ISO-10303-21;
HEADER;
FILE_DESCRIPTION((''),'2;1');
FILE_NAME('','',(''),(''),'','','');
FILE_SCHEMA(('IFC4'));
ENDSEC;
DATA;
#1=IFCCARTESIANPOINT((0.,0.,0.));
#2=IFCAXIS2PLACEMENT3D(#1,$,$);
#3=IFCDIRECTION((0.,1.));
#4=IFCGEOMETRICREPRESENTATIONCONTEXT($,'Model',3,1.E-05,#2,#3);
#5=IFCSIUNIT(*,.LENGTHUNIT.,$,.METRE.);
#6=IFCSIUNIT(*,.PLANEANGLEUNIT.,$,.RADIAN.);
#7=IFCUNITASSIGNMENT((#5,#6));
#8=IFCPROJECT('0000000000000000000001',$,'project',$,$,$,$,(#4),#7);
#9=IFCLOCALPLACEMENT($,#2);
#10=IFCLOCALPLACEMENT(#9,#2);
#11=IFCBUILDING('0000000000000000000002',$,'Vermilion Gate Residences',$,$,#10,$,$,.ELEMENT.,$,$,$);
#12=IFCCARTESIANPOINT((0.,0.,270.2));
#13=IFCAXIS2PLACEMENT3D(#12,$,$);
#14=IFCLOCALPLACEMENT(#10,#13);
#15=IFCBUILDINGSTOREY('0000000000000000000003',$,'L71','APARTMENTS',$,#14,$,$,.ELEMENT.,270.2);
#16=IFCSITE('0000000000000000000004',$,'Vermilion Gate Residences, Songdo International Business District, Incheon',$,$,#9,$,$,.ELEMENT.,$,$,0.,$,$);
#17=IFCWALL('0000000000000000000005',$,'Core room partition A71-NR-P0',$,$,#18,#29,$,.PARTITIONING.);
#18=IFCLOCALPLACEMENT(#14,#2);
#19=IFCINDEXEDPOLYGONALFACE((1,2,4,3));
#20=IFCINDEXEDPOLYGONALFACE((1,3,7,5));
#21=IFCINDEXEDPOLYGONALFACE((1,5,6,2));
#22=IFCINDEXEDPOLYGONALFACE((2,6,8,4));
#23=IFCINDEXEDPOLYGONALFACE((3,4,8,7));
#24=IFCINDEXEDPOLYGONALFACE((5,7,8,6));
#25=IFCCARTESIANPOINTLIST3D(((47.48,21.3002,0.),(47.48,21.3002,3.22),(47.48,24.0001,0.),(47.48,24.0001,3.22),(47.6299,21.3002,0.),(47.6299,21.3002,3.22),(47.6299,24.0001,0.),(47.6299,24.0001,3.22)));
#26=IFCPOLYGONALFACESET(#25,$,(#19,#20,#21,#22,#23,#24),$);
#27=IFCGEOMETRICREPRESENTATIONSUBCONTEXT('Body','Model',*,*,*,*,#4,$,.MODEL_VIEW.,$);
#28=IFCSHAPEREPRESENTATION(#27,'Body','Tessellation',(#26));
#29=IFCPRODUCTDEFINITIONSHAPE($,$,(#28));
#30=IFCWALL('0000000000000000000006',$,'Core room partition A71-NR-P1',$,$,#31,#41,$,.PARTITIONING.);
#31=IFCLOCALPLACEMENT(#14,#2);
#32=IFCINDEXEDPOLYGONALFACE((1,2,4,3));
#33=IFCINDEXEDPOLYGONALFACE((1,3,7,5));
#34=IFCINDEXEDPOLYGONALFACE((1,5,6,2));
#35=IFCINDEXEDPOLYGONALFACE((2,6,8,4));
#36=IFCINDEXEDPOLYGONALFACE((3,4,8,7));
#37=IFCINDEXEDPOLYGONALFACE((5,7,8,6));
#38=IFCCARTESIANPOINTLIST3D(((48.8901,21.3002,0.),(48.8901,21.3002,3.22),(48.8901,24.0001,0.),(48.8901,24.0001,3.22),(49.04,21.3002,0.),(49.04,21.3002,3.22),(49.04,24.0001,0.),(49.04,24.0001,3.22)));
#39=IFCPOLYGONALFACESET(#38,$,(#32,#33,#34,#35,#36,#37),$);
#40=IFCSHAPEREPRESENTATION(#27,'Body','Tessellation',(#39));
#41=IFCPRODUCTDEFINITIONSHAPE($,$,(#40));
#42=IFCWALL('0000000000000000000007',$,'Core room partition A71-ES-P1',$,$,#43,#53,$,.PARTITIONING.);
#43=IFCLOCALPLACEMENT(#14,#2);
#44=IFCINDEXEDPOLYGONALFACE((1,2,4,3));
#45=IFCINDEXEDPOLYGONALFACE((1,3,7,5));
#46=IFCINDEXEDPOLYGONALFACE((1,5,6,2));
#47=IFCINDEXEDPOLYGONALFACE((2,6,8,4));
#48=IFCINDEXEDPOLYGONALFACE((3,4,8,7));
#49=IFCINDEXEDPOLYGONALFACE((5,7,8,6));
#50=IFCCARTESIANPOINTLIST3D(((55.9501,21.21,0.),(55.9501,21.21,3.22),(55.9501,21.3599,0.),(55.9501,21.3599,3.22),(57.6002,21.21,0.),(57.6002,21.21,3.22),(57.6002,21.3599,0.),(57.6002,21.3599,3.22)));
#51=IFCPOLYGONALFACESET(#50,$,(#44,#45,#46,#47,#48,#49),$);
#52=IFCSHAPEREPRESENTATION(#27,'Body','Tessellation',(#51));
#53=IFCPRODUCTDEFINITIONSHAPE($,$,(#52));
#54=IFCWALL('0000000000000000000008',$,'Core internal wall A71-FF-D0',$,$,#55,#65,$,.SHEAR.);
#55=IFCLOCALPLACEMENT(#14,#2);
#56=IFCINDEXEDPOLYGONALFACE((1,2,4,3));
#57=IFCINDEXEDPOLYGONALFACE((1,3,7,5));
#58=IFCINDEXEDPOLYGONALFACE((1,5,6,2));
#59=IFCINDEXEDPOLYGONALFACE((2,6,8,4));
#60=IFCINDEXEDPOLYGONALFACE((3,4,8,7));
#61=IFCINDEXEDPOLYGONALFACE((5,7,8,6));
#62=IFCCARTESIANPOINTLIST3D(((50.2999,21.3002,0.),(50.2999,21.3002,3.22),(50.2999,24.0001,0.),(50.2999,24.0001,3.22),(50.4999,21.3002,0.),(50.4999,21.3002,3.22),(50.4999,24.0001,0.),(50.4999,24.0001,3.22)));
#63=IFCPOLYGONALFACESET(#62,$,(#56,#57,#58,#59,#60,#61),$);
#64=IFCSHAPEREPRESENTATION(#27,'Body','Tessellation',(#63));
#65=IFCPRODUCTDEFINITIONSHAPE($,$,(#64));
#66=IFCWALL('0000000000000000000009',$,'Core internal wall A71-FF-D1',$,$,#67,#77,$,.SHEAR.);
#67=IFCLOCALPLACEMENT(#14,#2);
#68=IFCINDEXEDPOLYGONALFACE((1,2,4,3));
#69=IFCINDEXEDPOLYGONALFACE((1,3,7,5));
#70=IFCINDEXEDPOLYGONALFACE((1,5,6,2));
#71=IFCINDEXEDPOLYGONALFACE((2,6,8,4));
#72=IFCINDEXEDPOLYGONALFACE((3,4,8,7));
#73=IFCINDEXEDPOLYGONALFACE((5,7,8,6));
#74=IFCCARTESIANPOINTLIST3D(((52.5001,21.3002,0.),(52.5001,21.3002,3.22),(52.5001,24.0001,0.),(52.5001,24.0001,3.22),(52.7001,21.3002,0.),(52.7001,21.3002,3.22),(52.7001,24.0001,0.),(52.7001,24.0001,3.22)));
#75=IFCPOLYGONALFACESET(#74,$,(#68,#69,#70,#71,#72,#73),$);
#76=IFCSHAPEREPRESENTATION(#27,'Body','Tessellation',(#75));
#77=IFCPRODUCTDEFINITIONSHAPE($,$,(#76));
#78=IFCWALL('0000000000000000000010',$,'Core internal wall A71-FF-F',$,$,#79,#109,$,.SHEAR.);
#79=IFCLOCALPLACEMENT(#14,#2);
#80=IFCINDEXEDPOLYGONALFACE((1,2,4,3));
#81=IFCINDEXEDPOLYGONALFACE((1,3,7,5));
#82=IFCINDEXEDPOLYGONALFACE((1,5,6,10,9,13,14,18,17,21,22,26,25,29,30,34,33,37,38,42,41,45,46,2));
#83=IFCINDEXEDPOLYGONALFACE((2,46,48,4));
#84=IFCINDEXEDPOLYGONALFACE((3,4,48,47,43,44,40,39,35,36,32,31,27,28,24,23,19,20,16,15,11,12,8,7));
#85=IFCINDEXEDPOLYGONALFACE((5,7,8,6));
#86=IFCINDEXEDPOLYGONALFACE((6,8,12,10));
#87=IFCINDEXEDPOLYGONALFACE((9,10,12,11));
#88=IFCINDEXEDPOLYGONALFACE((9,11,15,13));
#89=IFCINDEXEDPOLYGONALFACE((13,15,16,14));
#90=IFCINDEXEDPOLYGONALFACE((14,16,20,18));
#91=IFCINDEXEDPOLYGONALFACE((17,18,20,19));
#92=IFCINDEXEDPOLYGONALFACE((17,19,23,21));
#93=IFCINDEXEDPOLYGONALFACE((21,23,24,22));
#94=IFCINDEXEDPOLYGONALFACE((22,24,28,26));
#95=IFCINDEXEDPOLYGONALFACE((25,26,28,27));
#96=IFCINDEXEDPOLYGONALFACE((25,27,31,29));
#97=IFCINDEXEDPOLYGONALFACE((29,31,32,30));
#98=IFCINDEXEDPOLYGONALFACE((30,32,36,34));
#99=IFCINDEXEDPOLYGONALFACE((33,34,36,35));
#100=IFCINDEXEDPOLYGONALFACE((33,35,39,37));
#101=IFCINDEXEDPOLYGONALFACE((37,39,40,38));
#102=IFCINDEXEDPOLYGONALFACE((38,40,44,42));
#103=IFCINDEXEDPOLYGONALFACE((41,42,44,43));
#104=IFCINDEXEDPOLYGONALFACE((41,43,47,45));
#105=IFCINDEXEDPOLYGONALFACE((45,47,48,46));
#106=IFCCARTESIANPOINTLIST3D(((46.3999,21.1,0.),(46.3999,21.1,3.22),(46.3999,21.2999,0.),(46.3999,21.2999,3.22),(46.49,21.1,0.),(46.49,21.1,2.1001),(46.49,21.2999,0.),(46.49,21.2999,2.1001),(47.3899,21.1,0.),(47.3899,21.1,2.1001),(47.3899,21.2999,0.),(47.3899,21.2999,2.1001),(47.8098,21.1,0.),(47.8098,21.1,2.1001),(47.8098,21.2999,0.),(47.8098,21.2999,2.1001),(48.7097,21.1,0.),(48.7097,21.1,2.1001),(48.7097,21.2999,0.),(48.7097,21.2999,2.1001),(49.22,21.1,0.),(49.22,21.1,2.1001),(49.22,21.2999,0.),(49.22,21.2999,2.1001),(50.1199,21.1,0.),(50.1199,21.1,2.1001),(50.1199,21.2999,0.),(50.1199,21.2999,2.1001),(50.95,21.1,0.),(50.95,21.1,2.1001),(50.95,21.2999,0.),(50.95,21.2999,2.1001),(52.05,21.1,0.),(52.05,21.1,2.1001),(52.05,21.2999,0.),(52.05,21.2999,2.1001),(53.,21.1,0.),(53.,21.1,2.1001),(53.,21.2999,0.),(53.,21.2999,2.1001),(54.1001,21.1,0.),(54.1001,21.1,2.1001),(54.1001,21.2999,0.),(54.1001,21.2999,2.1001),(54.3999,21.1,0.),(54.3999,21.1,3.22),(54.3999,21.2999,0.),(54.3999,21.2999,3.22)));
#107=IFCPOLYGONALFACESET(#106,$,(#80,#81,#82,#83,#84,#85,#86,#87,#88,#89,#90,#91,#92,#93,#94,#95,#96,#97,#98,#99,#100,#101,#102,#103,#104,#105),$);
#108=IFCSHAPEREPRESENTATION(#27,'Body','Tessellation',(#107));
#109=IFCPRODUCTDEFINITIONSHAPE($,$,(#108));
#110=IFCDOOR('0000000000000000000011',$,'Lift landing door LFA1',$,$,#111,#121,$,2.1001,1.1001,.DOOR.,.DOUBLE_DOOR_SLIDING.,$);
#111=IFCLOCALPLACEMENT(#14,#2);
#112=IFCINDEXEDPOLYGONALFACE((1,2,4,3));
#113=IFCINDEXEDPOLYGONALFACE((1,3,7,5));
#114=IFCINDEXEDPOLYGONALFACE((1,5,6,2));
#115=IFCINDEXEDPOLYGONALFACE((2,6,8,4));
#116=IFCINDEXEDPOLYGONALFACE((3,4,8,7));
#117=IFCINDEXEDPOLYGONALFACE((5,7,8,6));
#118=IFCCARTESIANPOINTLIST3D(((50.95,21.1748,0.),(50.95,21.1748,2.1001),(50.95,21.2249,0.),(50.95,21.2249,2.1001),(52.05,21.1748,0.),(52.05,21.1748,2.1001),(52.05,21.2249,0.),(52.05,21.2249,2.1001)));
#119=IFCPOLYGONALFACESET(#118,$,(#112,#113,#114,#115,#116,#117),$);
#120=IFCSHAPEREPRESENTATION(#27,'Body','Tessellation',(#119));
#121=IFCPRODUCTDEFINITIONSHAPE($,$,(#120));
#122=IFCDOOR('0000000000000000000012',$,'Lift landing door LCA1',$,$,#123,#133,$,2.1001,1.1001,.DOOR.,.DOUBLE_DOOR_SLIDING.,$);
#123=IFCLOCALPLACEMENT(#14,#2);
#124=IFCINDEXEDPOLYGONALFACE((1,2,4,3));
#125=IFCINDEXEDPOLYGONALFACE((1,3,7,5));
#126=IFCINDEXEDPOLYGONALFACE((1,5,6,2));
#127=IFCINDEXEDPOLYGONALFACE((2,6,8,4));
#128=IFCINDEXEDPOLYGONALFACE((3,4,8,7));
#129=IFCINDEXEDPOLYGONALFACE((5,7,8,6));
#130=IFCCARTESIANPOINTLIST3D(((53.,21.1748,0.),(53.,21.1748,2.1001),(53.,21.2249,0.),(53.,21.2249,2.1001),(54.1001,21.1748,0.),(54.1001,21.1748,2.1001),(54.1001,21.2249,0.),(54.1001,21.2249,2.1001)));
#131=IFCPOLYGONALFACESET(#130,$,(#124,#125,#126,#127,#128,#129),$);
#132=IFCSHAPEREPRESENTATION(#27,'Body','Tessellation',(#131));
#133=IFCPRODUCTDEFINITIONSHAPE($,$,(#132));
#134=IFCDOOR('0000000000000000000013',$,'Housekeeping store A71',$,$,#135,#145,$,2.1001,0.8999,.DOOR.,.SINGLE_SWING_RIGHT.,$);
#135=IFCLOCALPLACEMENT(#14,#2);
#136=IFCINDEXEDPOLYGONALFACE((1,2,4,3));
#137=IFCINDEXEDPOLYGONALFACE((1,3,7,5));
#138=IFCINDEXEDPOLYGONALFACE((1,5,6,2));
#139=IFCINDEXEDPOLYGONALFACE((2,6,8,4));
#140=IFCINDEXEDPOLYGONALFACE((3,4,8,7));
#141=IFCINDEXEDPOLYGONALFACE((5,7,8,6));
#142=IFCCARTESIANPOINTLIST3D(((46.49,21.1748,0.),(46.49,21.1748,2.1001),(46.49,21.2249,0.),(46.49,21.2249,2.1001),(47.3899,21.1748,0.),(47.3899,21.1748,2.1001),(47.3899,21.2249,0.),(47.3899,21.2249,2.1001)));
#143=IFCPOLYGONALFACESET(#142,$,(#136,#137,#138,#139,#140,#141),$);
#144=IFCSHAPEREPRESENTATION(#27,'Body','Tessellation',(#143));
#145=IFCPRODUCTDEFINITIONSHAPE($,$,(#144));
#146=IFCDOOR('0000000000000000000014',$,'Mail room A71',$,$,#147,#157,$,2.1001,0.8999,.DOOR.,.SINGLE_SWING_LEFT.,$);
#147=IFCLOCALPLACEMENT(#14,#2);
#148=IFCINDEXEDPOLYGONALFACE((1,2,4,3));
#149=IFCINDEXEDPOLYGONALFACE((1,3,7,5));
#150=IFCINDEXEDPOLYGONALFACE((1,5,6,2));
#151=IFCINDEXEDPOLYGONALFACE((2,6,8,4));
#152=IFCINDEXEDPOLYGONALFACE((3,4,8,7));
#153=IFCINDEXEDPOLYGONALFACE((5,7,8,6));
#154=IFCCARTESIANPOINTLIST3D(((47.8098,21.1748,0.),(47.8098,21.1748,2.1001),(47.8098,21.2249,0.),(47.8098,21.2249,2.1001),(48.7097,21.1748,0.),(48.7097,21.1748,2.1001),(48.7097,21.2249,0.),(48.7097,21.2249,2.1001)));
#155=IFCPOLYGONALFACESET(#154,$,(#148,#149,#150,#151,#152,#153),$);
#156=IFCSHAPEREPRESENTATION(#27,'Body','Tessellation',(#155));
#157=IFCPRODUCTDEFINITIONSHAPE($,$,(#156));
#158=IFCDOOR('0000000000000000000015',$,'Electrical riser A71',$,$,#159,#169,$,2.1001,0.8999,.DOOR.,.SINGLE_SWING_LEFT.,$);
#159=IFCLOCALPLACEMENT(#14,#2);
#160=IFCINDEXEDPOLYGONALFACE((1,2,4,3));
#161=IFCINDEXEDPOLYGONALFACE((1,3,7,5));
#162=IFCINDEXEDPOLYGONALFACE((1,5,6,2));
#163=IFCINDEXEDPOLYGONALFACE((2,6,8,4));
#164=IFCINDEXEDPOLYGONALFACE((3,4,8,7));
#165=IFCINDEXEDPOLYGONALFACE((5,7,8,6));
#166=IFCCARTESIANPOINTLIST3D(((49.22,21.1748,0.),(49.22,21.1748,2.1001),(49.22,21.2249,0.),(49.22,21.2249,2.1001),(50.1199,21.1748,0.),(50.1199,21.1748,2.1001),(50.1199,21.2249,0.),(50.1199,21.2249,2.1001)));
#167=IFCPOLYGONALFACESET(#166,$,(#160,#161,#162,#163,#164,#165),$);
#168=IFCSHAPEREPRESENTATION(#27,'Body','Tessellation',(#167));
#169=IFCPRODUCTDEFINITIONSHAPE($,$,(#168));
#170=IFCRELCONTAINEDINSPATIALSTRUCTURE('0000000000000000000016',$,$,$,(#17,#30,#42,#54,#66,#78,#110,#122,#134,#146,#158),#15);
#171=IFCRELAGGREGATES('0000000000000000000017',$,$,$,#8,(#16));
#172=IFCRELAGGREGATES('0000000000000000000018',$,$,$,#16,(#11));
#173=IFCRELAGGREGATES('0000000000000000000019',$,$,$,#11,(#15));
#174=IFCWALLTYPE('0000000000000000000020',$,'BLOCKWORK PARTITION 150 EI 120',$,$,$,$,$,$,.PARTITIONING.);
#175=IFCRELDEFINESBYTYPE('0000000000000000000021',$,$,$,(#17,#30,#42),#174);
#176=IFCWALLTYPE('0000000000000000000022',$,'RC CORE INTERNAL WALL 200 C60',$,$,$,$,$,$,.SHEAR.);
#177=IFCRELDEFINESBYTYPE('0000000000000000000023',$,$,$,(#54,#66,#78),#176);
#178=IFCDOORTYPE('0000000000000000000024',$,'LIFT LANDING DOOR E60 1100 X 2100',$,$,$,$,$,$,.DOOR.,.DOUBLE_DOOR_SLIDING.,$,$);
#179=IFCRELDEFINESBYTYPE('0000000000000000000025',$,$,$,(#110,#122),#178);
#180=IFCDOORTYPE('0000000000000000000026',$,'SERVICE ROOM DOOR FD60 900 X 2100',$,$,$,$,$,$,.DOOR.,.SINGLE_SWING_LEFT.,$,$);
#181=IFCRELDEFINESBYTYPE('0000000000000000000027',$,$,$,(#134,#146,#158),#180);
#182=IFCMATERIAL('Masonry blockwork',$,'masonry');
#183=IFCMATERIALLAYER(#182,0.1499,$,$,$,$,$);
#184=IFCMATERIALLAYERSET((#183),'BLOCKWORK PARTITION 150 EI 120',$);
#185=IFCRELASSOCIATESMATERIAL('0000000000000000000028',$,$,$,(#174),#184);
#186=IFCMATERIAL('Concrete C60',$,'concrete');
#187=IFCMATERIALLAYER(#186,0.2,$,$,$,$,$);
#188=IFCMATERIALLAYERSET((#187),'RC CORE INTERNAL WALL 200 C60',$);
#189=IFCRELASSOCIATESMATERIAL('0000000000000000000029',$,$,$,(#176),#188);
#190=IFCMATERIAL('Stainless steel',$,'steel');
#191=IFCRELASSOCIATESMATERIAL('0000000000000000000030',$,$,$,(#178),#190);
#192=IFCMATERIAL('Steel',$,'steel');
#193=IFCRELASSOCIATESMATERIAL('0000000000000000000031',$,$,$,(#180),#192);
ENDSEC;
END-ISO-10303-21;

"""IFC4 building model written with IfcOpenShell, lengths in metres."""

from ifc_helpers import new_model, si_unit, direction, frame, frame_2d, origin, place, context, subcontext, project, spatial, rectangle, extrude, material, layer, layer_set, type_object, element, fill, save


model = new_model("IFC4")

# Units and contexts
model_context = context("Model", 3, precision=1e-05, world=origin(), true_north=direction((0.0, 1.0)))
body_context = subcontext(model_context, "Body", "Model", "MODEL_VIEW")
ifc_project = project(units=[si_unit("LENGTHUNIT", "METRE"), si_unit("PLANEANGLEUNIT", "RADIAN")], contexts=[model_context])

# Site, building, storey
site_placement = place(None, origin())
site = spatial("IfcSite", under=ifc_project, at=site_placement, Name="Vermilion Gate Residences, Songdo International Business District, Incheon", CompositionType="ELEMENT", RefElevation=0.0)
building_placement = place(site_placement, origin())
building = spatial("IfcBuilding", under=site, at=building_placement, Name="Vermilion Gate Residences", CompositionType="ELEMENT")
storey_placement = place(building_placement, frame((0.0, 0.0, 270.2)))
storey = spatial("IfcBuildingStorey", under=building, at=storey_placement, Name="L71", Description="APARTMENTS", CompositionType="ELEMENT", Elevation=270.2)

# Walls
ifc_material_1 = material(Name="Masonry blockwork", Category="masonry")
ifc_layer_1 = layer(ifc_material_1, 0.1499)
ifc_layer_set_1 = layer_set([ifc_layer_1], Name="BLOCKWORK PARTITION 150 EI 120")
wall_type_1 = type_object("IfcWallType", Name="BLOCKWORK PARTITION 150 EI 120", PredefinedType="PARTITIONING", material=ifc_layer_set_1)
for number, where, z_axis, x_axis, name in (
    (1, (47.5549, 21.3, 0.0), (0.0, 0.0, 1.0), (0.0, 1.0, 0.0), "Core room partition A71-NR-P0"),
    (2, (48.9651, 21.3, 0.0), (0.0, 0.0, 1.0), (0.0, 1.0, 0.0), "Core room partition A71-NR-P1"),
):
    element("IfcWall", number, at=place(storey_placement, frame(where, z_axis=z_axis, x_axis=x_axis)), inside=storey, type_object=wall_type_1, Name=name, PredefinedType="PARTITIONING", context=body_context, shape_type="SweptSolid", body=[
        extrude(rectangle(XDim=2.7, YDim=0.1499, at=frame_2d((1.3501, 0.0))), origin(), (0.0, 0.0, 1.0), 3.22),
    ])
wall_1_placement = place(storey_placement, frame((55.95, 21.2849, 0.0), z_axis=(0.0, 0.0, 1.0), x_axis=(1.0, 0.0, 0.0)))
element("IfcWall", 3, at=wall_1_placement, inside=storey, type_object=wall_type_1, Name="Core room partition A71-ES-P1", PredefinedType="PARTITIONING", context=body_context, shape_type="SweptSolid", body=[
    extrude(rectangle(XDim=1.6501, YDim=0.1499, at=frame_2d((0.8252, 0.0))), origin(), (0.0, 0.0, 1.0), 3.22),
])
ifc_material_2 = material(Name="Concrete C60", Category="concrete")
ifc_layer_2 = layer(ifc_material_2, 0.2)
ifc_layer_set_2 = layer_set([ifc_layer_2], Name="RC CORE INTERNAL WALL 200 C60")
wall_type_2 = type_object("IfcWallType", Name="RC CORE INTERNAL WALL 200 C60", PredefinedType="SHEAR", material=ifc_layer_set_2)
for number, where, z_axis, x_axis, name in (
    (4, (50.3999, 21.3, 0.0), (0.0, 0.0, 1.0), (0.0, 1.0, 0.0), "Core internal wall A71-FF-D0"),
    (5, (52.6001, 21.3, 0.0), (0.0, 0.0, 1.0), (0.0, 1.0, 0.0), "Core internal wall A71-FF-D1"),
):
    element("IfcWall", number, at=place(storey_placement, frame(where, z_axis=z_axis, x_axis=x_axis)), inside=storey, type_object=wall_type_2, Name=name, PredefinedType="SHEAR", context=body_context, shape_type="SweptSolid", body=[
        extrude(rectangle(XDim=2.7, YDim=0.2, at=frame_2d((1.3501, 0.0))), origin(), (0.0, 0.0, 1.0), 3.22),
    ])

# Wall, openings, doors
wall_2_placement = place(storey_placement, frame((46.3999, 21.2, 0.0), z_axis=(0.0, 0.0, 1.0), x_axis=(1.0, 0.0, 0.0)))
wall_2 = element("IfcWall", 6, at=wall_2_placement, inside=storey, type_object=wall_type_2, Name="Core internal wall A71-FF-F", PredefinedType="SHEAR", context=body_context, shape_type="SweptSolid", body=[
    extrude(rectangle(XDim=8.0, YDim=0.2, at=frame_2d((4.0, 0.0))), origin(), (0.0, 0.0, 1.0), 3.22),
])
opening_1_placement = place(wall_2_placement, frame((0.0901, 0.0, 0.0)))
opening_1 = element("IfcOpeningElement", 7, at=opening_1_placement, cuts=wall_2, PredefinedType="OPENING", context=body_context, shape_type="SweptSolid", body=[
    extrude(rectangle(XDim=0.8999, YDim=2.1001, at=frame_2d((0.45, 1.05))), frame((0.0, 0.1099, 0.0), z_axis=(0.0, -1.0, 0.0), x_axis=(1.0, 0.0, 0.0)), (0.0, 0.0, 1.0), 0.22),
])
opening_2_placement = place(wall_2_placement, frame((1.4099, 0.0, 0.0)))
opening_2 = element("IfcOpeningElement", 8, at=opening_2_placement, cuts=wall_2, PredefinedType="OPENING", context=body_context, shape_type="SweptSolid", body=[
    extrude(rectangle(XDim=0.8999, YDim=2.1001, at=frame_2d((0.45, 1.05))), frame((0.0, 0.1099, 0.0), z_axis=(0.0, -1.0, 0.0), x_axis=(1.0, 0.0, 0.0)), (0.0, 0.0, 1.0), 0.22),
])
opening_3_placement = place(wall_2_placement, frame((2.8201, 0.0, 0.0)))
opening_3 = element("IfcOpeningElement", 9, at=opening_3_placement, cuts=wall_2, PredefinedType="OPENING", context=body_context, shape_type="SweptSolid", body=[
    extrude(rectangle(XDim=0.8999, YDim=2.1001, at=frame_2d((0.45, 1.05))), frame((0.0, 0.1099, 0.0), z_axis=(0.0, -1.0, 0.0), x_axis=(1.0, 0.0, 0.0)), (0.0, 0.0, 1.0), 0.22),
])
opening_4_placement = place(wall_2_placement, frame((4.55, 0.0, 0.0)))
opening_4 = element("IfcOpeningElement", 10, at=opening_4_placement, cuts=wall_2, PredefinedType="OPENING", context=body_context, shape_type="SweptSolid", body=[
    extrude(rectangle(XDim=1.1001, YDim=2.1001, at=frame_2d((0.55, 1.05))), frame((0.0, 0.1099, 0.0), z_axis=(0.0, -1.0, 0.0), x_axis=(1.0, 0.0, 0.0)), (0.0, 0.0, 1.0), 0.22),
])
opening_5_placement = place(wall_2_placement, frame((6.6001, 0.0, 0.0)))
opening_5 = element("IfcOpeningElement", 11, at=opening_5_placement, cuts=wall_2, PredefinedType="OPENING", context=body_context, shape_type="SweptSolid", body=[
    extrude(rectangle(XDim=1.1001, YDim=2.1001, at=frame_2d((0.55, 1.05))), frame((0.0, 0.1099, 0.0), z_axis=(0.0, -1.0, 0.0), x_axis=(1.0, 0.0, 0.0)), (0.0, 0.0, 1.0), 0.22),
])
ifc_material_3 = material(Name="Stainless steel", Category="steel")
door_type_1 = type_object("IfcDoorType", Name="LIFT LANDING DOOR E60 1100 X 2100", OperationType="DOUBLE_DOOR_SLIDING", PredefinedType="DOOR", material=ifc_material_3)
door_1_placement = place(opening_4_placement, origin())
door_1 = element("IfcDoor", 12, at=door_1_placement, inside=storey, type_object=door_type_1, Name="Lift landing door LFA1", OperationType="DOUBLE_DOOR_SLIDING", OverallHeight=2.1001, OverallWidth=1.1001, PredefinedType="DOOR", context=body_context, shape_type="SweptSolid", body=[
    extrude(rectangle(XDim=1.1001, YDim=2.1001, at=frame_2d((0.55, 1.05))), frame((0.0, 0.0249, 0.0), z_axis=(0.0, -1.0, 0.0), x_axis=(1.0, 0.0, 0.0)), (0.0, 0.0, 1.0), 0.05),
])
fill(opening_4, door_1)
door_2_placement = place(opening_5_placement, origin())
door_2 = element("IfcDoor", 13, at=door_2_placement, inside=storey, type_object=door_type_1, Name="Lift landing door LCA1", OperationType="DOUBLE_DOOR_SLIDING", OverallHeight=2.1001, OverallWidth=1.1001, PredefinedType="DOOR", context=body_context, shape_type="SweptSolid", body=[
    extrude(rectangle(XDim=1.1001, YDim=2.1001, at=frame_2d((0.55, 1.05))), frame((0.0, 0.0249, 0.0), z_axis=(0.0, -1.0, 0.0), x_axis=(1.0, 0.0, 0.0)), (0.0, 0.0, 1.0), 0.05),
])
fill(opening_5, door_2)
ifc_material_4 = material(Name="Steel", Category="steel")
door_type_2 = type_object("IfcDoorType", Name="SERVICE ROOM DOOR FD60 900 X 2100", OperationType="SINGLE_SWING_LEFT", PredefinedType="DOOR", material=ifc_material_4)
door_3_placement = place(opening_1_placement, origin())
door_3 = element("IfcDoor", 14, at=door_3_placement, inside=storey, type_object=door_type_2, Name="Housekeeping store A71", OperationType="SINGLE_SWING_RIGHT", OverallHeight=2.1001, OverallWidth=0.8999, PredefinedType="DOOR", context=body_context, shape_type="SweptSolid", body=[
    extrude(rectangle(XDim=0.8999, YDim=2.1001, at=frame_2d((0.45, 1.05))), frame((0.0, 0.0249, 0.0), z_axis=(0.0, -1.0, 0.0), x_axis=(1.0, 0.0, 0.0)), (0.0, 0.0, 1.0), 0.05),
])
fill(opening_1, door_3)
door_4_placement = place(opening_2_placement, origin())
door_4 = element("IfcDoor", 15, at=door_4_placement, inside=storey, type_object=door_type_2, Name="Mail room A71", OperationType="SINGLE_SWING_LEFT", OverallHeight=2.1001, OverallWidth=0.8999, PredefinedType="DOOR", context=body_context, shape_type="SweptSolid", body=[
    extrude(rectangle(XDim=0.8999, YDim=2.1001, at=frame_2d((0.45, 1.05))), frame((0.0, 0.0249, 0.0), z_axis=(0.0, -1.0, 0.0), x_axis=(1.0, 0.0, 0.0)), (0.0, 0.0, 1.0), 0.05),
])
fill(opening_2, door_4)
door_5_placement = place(opening_3_placement, origin())
door_5 = element("IfcDoor", 16, at=door_5_placement, inside=storey, type_object=door_type_2, Name="Electrical riser A71", OperationType="SINGLE_SWING_LEFT", OverallHeight=2.1001, OverallWidth=0.8999, PredefinedType="DOOR", context=body_context, shape_type="SweptSolid", body=[
    extrude(rectangle(XDim=0.8999, YDim=2.1001, at=frame_2d((0.45, 1.05))), frame((0.0, 0.0249, 0.0), z_axis=(0.0, -1.0, 0.0), x_axis=(1.0, 0.0, 0.0)), (0.0, 0.0, 1.0), 0.05),
])
fill(opening_3, door_5)

save(model, "model.ifc")
